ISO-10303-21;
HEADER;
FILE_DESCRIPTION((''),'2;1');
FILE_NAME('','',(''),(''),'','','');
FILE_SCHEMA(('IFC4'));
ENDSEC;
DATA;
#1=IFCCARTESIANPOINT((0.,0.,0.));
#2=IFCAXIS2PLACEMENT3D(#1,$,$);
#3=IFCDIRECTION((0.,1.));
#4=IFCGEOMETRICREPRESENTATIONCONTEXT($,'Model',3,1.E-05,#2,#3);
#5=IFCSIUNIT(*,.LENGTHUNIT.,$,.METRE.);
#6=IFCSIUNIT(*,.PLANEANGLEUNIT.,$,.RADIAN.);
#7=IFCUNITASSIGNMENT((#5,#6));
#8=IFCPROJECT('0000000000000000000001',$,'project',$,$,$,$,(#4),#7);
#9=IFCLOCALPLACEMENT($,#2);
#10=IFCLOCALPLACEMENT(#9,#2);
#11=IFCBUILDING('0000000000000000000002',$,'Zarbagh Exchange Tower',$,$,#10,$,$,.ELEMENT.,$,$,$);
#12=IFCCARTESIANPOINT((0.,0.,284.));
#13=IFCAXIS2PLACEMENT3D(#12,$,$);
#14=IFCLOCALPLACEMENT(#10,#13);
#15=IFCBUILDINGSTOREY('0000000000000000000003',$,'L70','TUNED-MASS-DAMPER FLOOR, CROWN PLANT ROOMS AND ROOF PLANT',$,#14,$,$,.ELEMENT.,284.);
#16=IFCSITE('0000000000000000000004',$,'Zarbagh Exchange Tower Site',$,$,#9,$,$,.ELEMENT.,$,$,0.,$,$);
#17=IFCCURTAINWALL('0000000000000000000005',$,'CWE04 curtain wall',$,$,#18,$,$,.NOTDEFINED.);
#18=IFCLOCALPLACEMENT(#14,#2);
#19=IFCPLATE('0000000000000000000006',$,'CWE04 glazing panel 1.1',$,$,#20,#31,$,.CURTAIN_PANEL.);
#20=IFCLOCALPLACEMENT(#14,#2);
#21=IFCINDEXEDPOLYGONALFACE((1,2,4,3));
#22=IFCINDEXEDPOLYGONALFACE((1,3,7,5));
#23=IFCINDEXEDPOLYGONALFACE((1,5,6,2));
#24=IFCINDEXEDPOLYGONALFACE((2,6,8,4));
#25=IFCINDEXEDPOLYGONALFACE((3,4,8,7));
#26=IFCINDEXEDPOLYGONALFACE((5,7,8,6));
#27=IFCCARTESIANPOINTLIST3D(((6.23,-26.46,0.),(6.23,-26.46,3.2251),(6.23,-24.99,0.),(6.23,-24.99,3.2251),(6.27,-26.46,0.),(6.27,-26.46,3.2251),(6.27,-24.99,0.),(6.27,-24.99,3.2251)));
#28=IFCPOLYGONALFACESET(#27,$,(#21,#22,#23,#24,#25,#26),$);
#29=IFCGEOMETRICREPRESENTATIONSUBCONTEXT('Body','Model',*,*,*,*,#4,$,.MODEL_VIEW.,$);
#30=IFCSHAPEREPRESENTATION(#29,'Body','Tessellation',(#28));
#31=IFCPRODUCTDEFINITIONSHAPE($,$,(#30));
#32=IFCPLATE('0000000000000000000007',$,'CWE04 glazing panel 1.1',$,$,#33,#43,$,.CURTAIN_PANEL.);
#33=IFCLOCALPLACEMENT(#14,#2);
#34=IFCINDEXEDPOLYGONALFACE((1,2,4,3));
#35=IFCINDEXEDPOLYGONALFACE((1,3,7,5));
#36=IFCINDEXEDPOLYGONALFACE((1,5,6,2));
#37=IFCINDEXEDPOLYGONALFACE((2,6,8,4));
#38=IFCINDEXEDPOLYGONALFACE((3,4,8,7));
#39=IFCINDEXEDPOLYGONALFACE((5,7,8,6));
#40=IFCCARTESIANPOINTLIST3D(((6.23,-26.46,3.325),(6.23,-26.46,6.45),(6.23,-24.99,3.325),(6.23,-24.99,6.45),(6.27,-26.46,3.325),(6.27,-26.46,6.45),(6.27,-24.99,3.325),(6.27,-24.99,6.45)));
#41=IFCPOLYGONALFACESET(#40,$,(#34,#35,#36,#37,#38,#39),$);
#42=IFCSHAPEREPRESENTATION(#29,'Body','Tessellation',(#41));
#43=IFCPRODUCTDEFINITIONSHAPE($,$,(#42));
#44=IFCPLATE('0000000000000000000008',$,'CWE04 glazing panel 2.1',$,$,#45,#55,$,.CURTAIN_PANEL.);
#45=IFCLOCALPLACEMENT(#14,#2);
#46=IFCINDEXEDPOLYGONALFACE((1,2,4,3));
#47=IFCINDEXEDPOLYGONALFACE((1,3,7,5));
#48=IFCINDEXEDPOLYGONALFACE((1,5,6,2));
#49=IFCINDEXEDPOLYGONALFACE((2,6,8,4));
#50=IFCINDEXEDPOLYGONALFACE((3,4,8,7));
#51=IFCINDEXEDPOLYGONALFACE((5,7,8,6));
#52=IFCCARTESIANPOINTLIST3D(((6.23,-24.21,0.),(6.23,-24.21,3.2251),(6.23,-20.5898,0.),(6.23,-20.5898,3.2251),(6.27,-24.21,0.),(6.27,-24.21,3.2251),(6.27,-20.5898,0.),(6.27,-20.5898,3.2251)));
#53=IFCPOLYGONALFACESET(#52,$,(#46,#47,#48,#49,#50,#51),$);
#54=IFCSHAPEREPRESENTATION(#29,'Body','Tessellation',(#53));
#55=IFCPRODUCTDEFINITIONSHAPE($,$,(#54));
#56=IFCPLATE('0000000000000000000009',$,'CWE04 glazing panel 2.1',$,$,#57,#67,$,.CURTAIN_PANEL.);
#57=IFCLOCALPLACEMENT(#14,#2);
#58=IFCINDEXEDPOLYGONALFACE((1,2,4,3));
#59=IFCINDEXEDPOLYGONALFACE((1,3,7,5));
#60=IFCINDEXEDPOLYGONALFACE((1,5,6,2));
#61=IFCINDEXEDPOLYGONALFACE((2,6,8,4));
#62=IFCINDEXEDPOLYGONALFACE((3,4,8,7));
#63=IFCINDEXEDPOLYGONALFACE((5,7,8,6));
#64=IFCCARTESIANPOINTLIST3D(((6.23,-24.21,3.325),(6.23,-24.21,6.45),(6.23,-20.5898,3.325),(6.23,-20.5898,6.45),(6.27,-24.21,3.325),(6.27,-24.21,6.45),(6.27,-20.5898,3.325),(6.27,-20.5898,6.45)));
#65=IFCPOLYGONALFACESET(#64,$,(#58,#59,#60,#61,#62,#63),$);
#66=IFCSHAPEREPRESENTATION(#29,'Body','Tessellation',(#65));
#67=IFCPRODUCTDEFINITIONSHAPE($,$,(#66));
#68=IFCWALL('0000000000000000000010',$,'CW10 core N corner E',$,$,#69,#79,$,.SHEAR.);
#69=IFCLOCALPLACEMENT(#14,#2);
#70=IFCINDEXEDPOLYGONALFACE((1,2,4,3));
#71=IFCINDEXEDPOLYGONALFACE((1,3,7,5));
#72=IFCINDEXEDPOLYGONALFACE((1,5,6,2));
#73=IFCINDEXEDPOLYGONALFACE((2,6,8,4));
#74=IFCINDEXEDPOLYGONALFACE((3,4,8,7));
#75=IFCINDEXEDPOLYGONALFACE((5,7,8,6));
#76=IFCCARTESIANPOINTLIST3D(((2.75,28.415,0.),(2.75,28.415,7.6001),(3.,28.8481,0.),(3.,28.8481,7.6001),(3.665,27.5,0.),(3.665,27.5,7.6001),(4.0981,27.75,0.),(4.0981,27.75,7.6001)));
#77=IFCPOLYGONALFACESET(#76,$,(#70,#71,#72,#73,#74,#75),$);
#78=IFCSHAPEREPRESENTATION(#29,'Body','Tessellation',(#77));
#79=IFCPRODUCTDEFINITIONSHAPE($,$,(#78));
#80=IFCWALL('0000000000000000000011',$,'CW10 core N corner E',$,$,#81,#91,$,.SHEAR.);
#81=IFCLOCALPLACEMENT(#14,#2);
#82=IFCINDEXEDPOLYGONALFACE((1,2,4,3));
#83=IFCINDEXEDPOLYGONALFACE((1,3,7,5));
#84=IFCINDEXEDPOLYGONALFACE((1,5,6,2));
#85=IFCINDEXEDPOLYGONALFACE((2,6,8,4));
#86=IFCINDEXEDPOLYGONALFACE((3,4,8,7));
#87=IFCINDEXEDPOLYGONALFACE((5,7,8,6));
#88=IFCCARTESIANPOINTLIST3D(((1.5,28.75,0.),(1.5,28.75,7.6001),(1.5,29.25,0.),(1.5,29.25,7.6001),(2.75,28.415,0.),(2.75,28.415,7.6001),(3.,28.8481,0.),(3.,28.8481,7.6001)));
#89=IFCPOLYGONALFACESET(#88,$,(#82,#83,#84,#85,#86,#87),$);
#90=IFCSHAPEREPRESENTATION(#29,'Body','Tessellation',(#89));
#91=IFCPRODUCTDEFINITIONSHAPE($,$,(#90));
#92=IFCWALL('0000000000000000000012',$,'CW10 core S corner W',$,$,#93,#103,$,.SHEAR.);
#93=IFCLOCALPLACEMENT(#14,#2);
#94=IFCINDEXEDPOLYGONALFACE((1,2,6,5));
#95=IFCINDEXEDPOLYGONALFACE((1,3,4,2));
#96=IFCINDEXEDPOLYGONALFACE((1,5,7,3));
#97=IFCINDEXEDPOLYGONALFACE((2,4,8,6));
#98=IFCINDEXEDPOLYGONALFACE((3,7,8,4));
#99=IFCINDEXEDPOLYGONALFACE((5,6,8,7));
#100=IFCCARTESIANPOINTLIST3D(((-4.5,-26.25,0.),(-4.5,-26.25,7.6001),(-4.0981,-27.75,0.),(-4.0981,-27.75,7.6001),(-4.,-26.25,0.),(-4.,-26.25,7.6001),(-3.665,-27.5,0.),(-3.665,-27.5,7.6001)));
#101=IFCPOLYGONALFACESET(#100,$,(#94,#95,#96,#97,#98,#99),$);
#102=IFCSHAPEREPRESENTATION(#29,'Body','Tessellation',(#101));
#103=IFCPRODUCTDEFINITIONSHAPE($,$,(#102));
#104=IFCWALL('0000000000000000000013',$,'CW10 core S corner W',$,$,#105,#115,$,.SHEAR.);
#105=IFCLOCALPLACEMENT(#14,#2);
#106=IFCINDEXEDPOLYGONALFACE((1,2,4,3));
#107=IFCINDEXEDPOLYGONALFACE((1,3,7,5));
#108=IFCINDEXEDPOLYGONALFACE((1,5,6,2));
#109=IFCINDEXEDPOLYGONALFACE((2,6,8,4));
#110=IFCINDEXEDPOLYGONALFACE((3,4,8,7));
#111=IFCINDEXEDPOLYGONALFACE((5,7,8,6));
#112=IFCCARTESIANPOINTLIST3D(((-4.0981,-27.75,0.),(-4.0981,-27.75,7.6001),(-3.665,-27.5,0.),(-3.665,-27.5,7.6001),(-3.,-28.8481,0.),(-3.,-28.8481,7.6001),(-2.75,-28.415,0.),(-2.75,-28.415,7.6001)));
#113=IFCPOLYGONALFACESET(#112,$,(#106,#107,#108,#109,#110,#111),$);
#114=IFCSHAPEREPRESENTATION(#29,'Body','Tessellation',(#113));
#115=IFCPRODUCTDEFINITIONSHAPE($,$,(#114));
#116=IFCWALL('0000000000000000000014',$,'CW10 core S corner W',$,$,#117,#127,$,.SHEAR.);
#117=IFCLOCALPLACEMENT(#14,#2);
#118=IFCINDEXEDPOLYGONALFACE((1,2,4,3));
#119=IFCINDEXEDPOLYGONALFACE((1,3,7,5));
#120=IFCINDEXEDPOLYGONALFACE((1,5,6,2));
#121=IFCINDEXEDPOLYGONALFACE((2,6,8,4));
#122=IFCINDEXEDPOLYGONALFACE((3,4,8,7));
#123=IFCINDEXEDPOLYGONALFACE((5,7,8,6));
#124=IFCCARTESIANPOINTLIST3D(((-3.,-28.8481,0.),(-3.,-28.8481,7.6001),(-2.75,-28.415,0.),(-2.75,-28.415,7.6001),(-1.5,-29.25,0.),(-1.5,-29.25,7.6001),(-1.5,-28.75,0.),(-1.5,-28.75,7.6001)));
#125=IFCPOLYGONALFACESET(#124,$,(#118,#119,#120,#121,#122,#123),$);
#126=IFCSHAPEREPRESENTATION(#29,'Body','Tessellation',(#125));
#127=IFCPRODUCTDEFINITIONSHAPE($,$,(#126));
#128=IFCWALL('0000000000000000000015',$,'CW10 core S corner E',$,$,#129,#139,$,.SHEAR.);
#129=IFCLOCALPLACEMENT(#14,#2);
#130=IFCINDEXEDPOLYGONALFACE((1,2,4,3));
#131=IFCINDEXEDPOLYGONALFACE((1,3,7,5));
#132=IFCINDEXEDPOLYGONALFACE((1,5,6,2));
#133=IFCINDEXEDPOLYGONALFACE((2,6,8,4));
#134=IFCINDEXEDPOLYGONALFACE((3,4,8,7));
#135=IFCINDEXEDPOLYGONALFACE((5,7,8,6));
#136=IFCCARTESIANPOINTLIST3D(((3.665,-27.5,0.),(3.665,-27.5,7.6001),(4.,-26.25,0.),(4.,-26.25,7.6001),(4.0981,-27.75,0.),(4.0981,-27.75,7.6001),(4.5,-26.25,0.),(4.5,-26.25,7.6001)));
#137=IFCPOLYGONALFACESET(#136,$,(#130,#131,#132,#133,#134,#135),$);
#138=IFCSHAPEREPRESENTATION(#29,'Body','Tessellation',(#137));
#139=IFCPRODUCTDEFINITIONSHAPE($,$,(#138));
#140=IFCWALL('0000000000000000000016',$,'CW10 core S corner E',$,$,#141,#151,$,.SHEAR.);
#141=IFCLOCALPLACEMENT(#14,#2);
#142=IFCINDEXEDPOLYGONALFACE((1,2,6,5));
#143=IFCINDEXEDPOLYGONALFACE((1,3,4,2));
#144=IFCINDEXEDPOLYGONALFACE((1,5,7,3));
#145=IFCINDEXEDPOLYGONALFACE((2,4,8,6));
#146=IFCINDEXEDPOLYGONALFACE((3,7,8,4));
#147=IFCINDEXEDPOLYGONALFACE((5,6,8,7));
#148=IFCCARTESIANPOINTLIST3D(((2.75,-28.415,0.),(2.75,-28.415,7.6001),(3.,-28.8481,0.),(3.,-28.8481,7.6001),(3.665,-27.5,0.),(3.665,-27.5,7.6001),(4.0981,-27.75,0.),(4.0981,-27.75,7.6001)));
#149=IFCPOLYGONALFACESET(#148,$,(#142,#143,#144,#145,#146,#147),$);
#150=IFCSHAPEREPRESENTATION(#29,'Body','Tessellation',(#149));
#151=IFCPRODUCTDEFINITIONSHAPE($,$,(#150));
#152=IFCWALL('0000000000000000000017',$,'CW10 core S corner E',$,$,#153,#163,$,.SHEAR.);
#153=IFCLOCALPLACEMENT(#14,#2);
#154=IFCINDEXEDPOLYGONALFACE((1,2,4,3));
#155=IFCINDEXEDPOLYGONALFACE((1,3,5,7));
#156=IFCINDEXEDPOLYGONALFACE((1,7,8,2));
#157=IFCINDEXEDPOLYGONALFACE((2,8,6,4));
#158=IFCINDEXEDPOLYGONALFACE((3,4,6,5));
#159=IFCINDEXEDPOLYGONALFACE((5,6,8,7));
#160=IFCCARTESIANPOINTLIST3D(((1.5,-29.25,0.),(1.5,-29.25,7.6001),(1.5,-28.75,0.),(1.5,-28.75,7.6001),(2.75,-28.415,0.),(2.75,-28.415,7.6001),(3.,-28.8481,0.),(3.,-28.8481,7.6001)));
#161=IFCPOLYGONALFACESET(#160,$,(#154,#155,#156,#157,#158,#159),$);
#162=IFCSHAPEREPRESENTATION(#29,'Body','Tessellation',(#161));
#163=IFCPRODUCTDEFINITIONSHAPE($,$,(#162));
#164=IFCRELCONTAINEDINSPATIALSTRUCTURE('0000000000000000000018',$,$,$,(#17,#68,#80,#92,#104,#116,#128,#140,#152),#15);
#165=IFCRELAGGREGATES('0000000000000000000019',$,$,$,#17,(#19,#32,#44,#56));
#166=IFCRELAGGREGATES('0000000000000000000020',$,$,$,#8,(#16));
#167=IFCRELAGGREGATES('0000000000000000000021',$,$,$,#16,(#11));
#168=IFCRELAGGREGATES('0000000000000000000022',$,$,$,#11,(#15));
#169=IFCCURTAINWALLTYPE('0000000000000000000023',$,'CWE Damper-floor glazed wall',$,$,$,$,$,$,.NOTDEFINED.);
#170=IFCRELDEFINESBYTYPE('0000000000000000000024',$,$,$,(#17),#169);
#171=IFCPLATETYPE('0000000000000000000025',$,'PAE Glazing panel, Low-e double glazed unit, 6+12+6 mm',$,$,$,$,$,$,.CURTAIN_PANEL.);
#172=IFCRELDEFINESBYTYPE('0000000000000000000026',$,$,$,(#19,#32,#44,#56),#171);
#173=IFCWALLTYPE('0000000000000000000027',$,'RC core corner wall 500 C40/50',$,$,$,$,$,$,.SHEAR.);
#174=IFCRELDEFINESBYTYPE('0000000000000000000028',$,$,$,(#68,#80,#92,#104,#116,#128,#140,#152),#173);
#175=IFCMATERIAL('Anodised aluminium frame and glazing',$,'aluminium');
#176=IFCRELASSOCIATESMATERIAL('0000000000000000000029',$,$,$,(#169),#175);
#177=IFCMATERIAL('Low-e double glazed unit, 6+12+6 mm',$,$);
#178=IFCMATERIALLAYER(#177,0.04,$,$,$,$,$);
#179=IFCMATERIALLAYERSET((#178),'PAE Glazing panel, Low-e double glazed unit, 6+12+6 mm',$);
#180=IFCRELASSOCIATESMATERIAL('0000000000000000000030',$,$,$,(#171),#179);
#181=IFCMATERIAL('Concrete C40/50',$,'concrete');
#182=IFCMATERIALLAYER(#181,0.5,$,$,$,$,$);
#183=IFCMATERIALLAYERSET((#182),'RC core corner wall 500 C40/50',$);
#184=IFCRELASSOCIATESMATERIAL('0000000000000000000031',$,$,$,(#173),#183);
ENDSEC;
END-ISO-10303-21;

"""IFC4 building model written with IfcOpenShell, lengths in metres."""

from ifc_helpers import new_model, si_unit, direction, frame, origin, place, context, subcontext, project, spatial, polyline, outline, extrude, source, transform, mapped, material, layer, layer_set, type_object, element, aggregate, save


model = new_model("IFC4")

# Units and contexts
model_context = context("Model", 3, precision=1e-05, world=origin(), true_north=direction((0.0, 1.0)))
body_context = subcontext(model_context, "Body", "Model", "MODEL_VIEW")
ifc_project = project(units=[si_unit("LENGTHUNIT", "METRE"), si_unit("PLANEANGLEUNIT", "RADIAN")], contexts=[model_context])

# Site, building, storey
site_placement = place(None, origin())
site = spatial("IfcSite", under=ifc_project, at=site_placement, Name="Zarbagh Exchange Tower Site", CompositionType="ELEMENT", RefElevation=0.0)
building_placement = place(site_placement, origin())
building = spatial("IfcBuilding", under=site, at=building_placement, Name="Zarbagh Exchange Tower", CompositionType="ELEMENT")
storey_placement = place(building_placement, frame((0.0, 0.0, 284.0)))
storey = spatial("IfcBuildingStorey", under=building, at=storey_placement, Name="L70", Description="TUNED-MASS-DAMPER FLOOR, CROWN PLANT ROOMS AND ROOF PLANT", CompositionType="ELEMENT", Elevation=284.0)

# Shared definitions
ifc_material_1 = material(Name="Anodised aluminium frame and glazing", Category="aluminium")
curtain_wall_type = type_object("IfcCurtainWallType", Name="CWE Damper-floor glazed wall", PredefinedType="NOTDEFINED", material=ifc_material_1)
placement = place(storey_placement, origin())

# Curtain wall
curtain_wall_1_placement = place(storey_placement, origin())
curtain_wall_1 = element("IfcCurtainWall", 1, at=curtain_wall_1_placement, inside=storey, type_object=curtain_wall_type, Name="CWE04 curtain wall", PredefinedType="NOTDEFINED")

# Shared definitions
ifc_material_2 = material(Name="Concrete C40/50", Category="concrete")

# Plates
ifc_material_3 = material(Name="Low-e double glazed unit, 6+12+6 mm")
ifc_layer_1 = layer(ifc_material_3, 0.04)
ifc_layer_set_1 = layer_set([ifc_layer_1], Name="PAE Glazing panel, Low-e double glazed unit, 6+12+6 mm")
plate_type = type_object("IfcPlateType", Name="PAE Glazing panel, Low-e double glazed unit, 6+12+6 mm", PredefinedType="CURTAIN_PANEL", material=ifc_layer_set_1)
shared_shape_1 = source(origin(), body_context, "Body", "SweptSolid", [
    extrude(outline(polyline([(0.0, -0.02), (1.47, -0.02), (1.47, 0.02), (0.0, 0.02), (0.0, -0.02)])), origin(), (0.0, 0.0, 1.0), 3.2251),
])
plate_1 = element("IfcPlate", 2, at=placement, type_object=plate_type, Name="CWE04 glazing panel 1.1", PredefinedType="CURTAIN_PANEL", context=body_context, shape_type="MappedRepresentation", body=[
    mapped(shared_shape_1, transform((6.25, -26.46, 0.0), x_axis=(0.0, 1.0, 0.0), y_axis=(-1.0, 0.0, 0.0), z_axis=(0.0, 0.0, 1.0))),
])
shared_shape_2 = source(origin(), body_context, "Body", "SweptSolid", [
    extrude(outline(polyline([(0.0, -0.02), (1.47, -0.02), (1.47, 0.02), (0.0, 0.02), (0.0, -0.02)])), origin(), (0.0, 0.0, 1.0), 3.125),
])
plate_2 = element("IfcPlate", 3, at=placement, type_object=plate_type, Name="CWE04 glazing panel 1.1", PredefinedType="CURTAIN_PANEL", context=body_context, shape_type="MappedRepresentation", body=[
    mapped(shared_shape_2, transform((6.25, -26.46, 3.325), x_axis=(0.0, 1.0, 0.0), y_axis=(-1.0, 0.0, 0.0), z_axis=(0.0, 0.0, 1.0))),
])
shared_shape_3 = source(origin(), body_context, "Body", "SweptSolid", [
    extrude(outline(polyline([(0.0, -0.02), (3.6201, -0.02), (3.6201, 0.02), (0.0, 0.02), (0.0, -0.02)])), origin(), (0.0, 0.0, 1.0), 3.2251),
])
plate_3 = element("IfcPlate", 4, at=placement, type_object=plate_type, Name="CWE04 glazing panel 2.1", PredefinedType="CURTAIN_PANEL", context=body_context, shape_type="MappedRepresentation", body=[
    mapped(shared_shape_3, transform((6.25, -24.21, 0.0), x_axis=(0.0, 1.0, 0.0), y_axis=(-1.0, 0.0, 0.0), z_axis=(0.0, 0.0, 1.0))),
])
shared_shape_4 = source(origin(), body_context, "Body", "SweptSolid", [
    extrude(outline(polyline([(0.0, -0.02), (3.6201, -0.02), (3.6201, 0.02), (0.0, 0.02), (0.0, -0.02)])), origin(), (0.0, 0.0, 1.0), 3.125),
])
plate_4 = element("IfcPlate", 5, at=placement, type_object=plate_type, Name="CWE04 glazing panel 2.1", PredefinedType="CURTAIN_PANEL", context=body_context, shape_type="MappedRepresentation", body=[
    mapped(shared_shape_4, transform((6.25, -24.21, 3.325), x_axis=(0.0, 1.0, 0.0), y_axis=(-1.0, 0.0, 0.0), z_axis=(0.0, 0.0, 1.0))),
])
aggregate(curtain_wall_1, [plate_1, plate_2, plate_3, plate_4])

# Walls
ifc_layer_2 = layer(ifc_material_2, 0.5)
ifc_layer_set_2 = layer_set([ifc_layer_2], Name="RC core corner wall 500 C40/50")
wall_type = type_object("IfcWallType", Name="RC core corner wall 500 C40/50", PredefinedType="SHEAR", material=ifc_layer_set_2)
wall_1_placement = place(storey_placement, origin())
element("IfcWall", 6, at=wall_1_placement, inside=storey, type_object=wall_type, Name="CW10 core N corner E", PredefinedType="SHEAR", context=body_context, shape_type="SweptSolid", body=[
    extrude(outline(polyline([(4.0981, 27.75), (3.0, 28.8481), (2.75, 28.415), (3.665, 27.5), (4.0981, 27.75)])), origin(), (0.0, 0.0, 1.0), 7.6001),
])
wall_2_placement = place(storey_placement, origin())
element("IfcWall", 7, at=wall_2_placement, inside=storey, type_object=wall_type, Name="CW10 core N corner E", PredefinedType="SHEAR", context=body_context, shape_type="SweptSolid", body=[
    extrude(outline(polyline([(3.0, 28.8481), (1.5, 29.25), (1.5, 28.75), (2.75, 28.415), (3.0, 28.8481)])), origin(), (0.0, 0.0, 1.0), 7.6001),
])
wall_3_placement = place(storey_placement, origin())
element("IfcWall", 8, at=wall_3_placement, inside=storey, type_object=wall_type, Name="CW10 core S corner W", PredefinedType="SHEAR", context=body_context, shape_type="SweptSolid", body=[
    extrude(outline(polyline([(-4.5, -26.25), (-4.0981, -27.75), (-3.665, -27.5), (-4.0, -26.25), (-4.5, -26.25)])), origin(), (0.0, 0.0, 1.0), 7.6001),
])
wall_4_placement = place(storey_placement, origin())
element("IfcWall", 9, at=wall_4_placement, inside=storey, type_object=wall_type, Name="CW10 core S corner W", PredefinedType="SHEAR", context=body_context, shape_type="SweptSolid", body=[
    extrude(outline(polyline([(-4.0981, -27.75), (-3.0, -28.8481), (-2.75, -28.415), (-3.665, -27.5), (-4.0981, -27.75)])), origin(), (0.0, 0.0, 1.0), 7.6001),
])
wall_5_placement = place(storey_placement, origin())
element("IfcWall", 10, at=wall_5_placement, inside=storey, type_object=wall_type, Name="CW10 core S corner W", PredefinedType="SHEAR", context=body_context, shape_type="SweptSolid", body=[
    extrude(outline(polyline([(-3.0, -28.8481), (-1.5, -29.25), (-1.5, -28.75), (-2.75, -28.415), (-3.0, -28.8481)])), origin(), (0.0, 0.0, 1.0), 7.6001),
])
wall_6_placement = place(storey_placement, origin())
element("IfcWall", 11, at=wall_6_placement, inside=storey, type_object=wall_type, Name="CW10 core S corner E", PredefinedType="SHEAR", context=body_context, shape_type="SweptSolid", body=[
    extrude(outline(polyline([(4.5, -26.25), (4.0981, -27.75), (3.665, -27.5), (4.0, -26.25), (4.5, -26.25)])), origin(), (0.0, 0.0, 1.0), 7.6001),
])
wall_7_placement = place(storey_placement, origin())
element("IfcWall", 12, at=wall_7_placement, inside=storey, type_object=wall_type, Name="CW10 core S corner E", PredefinedType="SHEAR", context=body_context, shape_type="SweptSolid", body=[
    extrude(outline(polyline([(4.0981, -27.75), (3.0, -28.8481), (2.75, -28.415), (3.665, -27.5), (4.0981, -27.75)])), origin(), (0.0, 0.0, 1.0), 7.6001),
])
wall_8_placement = place(storey_placement, origin())
element("IfcWall", 13, at=wall_8_placement, inside=storey, type_object=wall_type, Name="CW10 core S corner E", PredefinedType="SHEAR", context=body_context, shape_type="SweptSolid", body=[
    extrude(outline(polyline([(3.0, -28.8481), (1.5, -29.25), (1.5, -28.75), (2.75, -28.415), (3.0, -28.8481)])), origin(), (0.0, 0.0, 1.0), 7.6001),
])

save(model, "model.ifc")
